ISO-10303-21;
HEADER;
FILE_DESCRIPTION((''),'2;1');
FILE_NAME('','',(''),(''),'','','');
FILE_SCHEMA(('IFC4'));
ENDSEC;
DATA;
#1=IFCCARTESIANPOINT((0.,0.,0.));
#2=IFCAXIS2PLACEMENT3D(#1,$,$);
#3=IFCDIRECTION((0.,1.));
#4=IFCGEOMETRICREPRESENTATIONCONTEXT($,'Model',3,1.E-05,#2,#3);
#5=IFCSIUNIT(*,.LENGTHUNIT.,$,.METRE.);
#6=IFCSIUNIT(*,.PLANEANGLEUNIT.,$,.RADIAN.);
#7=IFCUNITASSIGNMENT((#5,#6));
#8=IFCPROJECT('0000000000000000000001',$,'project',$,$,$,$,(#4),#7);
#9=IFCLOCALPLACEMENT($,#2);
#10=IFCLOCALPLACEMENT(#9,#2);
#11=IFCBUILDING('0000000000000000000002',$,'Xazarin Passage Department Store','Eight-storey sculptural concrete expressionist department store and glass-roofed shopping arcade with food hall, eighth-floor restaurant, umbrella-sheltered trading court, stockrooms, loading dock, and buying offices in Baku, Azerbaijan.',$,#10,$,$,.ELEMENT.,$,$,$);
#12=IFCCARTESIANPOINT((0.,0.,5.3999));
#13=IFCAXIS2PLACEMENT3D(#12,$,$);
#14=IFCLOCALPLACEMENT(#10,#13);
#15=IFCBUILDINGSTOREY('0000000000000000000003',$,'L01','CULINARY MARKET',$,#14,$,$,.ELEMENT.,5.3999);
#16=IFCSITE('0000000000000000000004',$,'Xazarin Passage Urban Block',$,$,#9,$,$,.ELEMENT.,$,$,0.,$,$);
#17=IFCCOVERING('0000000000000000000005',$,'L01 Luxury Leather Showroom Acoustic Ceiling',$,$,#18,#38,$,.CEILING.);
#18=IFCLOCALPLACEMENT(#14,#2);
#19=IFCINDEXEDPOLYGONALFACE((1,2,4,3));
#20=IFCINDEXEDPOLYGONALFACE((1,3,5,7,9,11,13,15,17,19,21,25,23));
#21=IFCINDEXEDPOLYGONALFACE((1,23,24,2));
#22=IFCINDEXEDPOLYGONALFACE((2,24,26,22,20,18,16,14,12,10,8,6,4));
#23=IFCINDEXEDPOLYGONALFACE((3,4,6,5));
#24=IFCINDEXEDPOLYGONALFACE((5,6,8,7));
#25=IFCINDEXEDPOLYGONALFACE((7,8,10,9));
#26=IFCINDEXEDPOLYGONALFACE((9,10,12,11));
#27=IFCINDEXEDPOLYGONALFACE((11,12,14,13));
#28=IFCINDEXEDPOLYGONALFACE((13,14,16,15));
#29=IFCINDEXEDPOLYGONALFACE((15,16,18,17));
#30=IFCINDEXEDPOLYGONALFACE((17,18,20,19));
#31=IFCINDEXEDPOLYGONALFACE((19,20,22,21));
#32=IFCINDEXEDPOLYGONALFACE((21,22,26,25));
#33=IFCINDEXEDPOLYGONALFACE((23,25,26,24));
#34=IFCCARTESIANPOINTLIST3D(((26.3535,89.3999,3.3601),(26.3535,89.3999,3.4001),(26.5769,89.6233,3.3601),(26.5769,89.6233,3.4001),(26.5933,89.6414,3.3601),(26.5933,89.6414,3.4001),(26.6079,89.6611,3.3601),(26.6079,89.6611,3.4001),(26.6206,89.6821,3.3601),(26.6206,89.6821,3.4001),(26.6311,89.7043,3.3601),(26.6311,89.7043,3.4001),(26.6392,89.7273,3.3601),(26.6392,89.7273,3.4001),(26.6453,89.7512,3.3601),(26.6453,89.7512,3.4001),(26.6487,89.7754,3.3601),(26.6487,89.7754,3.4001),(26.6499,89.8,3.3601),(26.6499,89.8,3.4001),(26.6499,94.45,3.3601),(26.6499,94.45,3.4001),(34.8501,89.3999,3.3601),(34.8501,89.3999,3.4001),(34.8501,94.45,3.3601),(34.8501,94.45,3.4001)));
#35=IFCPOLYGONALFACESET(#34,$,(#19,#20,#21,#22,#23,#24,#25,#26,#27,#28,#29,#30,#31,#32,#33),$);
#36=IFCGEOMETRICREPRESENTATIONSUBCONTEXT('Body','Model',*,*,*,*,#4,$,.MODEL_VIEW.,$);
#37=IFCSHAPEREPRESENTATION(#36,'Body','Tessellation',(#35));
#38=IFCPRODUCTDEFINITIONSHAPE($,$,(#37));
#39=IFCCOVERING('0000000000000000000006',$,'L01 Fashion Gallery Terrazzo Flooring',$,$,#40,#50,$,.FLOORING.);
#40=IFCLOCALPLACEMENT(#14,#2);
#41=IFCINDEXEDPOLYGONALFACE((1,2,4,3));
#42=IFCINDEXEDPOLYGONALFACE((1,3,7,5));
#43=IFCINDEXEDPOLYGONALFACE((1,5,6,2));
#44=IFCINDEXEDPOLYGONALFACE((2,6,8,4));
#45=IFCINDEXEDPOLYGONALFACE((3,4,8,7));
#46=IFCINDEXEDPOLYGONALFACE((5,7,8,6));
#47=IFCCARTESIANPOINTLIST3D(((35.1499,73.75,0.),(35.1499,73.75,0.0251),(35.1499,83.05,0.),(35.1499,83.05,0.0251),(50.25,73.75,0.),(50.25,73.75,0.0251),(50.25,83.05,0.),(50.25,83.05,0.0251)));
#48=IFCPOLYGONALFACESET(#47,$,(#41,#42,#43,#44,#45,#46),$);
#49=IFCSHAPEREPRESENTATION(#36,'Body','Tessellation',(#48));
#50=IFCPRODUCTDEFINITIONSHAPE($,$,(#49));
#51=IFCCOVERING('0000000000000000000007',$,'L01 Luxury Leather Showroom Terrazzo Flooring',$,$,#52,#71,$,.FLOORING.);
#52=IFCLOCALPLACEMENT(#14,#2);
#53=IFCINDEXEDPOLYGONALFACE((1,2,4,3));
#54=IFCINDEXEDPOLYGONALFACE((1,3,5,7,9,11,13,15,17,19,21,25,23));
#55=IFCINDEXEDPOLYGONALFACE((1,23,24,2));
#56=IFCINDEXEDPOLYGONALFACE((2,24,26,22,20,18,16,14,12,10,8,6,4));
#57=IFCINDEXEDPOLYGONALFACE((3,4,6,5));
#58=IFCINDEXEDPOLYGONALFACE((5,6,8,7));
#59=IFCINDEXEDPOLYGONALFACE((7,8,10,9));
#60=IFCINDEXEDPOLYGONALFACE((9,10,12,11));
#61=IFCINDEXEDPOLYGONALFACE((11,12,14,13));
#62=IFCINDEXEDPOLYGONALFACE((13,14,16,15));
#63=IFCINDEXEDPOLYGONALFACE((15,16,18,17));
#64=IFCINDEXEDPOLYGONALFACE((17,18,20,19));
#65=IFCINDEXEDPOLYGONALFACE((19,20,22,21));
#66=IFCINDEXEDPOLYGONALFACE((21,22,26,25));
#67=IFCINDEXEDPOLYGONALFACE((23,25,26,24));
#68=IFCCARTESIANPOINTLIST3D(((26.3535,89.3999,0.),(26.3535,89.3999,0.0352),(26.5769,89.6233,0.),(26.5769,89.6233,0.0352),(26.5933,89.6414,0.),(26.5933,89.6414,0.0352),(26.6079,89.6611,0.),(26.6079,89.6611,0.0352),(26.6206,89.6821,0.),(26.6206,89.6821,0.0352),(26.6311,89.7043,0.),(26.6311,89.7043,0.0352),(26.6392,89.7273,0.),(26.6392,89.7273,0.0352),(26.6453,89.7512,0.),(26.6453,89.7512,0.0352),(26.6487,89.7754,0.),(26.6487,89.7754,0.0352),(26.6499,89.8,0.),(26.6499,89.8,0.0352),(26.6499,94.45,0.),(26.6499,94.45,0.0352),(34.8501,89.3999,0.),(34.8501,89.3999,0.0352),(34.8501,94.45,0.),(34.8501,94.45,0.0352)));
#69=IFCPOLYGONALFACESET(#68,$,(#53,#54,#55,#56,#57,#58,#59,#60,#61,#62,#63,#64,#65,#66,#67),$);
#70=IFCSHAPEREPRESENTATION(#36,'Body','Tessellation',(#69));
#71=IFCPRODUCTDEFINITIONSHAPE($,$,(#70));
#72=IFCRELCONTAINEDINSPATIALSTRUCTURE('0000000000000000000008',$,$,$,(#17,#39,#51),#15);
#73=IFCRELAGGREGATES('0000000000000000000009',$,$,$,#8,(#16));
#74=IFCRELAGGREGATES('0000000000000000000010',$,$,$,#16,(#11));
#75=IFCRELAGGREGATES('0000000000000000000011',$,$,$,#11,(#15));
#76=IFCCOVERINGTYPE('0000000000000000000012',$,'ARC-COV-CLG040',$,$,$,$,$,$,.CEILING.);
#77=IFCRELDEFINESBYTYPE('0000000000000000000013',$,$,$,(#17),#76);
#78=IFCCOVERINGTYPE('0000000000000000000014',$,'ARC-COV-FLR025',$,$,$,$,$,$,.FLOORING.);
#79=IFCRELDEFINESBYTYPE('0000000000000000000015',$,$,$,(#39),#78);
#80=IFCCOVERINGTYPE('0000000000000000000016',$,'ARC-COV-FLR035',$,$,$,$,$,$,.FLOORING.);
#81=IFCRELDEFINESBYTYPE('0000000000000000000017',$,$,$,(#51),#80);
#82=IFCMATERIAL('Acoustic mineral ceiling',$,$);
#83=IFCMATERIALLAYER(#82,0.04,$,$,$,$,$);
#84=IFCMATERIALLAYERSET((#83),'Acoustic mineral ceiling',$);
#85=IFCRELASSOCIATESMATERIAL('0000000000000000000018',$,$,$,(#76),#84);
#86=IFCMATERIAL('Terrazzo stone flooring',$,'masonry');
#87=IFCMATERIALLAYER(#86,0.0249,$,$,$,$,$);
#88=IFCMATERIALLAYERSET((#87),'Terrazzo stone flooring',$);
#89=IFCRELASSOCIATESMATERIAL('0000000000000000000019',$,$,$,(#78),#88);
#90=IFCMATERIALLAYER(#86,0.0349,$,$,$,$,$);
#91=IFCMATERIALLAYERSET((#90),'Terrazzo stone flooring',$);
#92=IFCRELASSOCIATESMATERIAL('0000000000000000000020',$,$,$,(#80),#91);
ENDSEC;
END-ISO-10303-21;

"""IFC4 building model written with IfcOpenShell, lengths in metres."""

from ifc_helpers import new_model, si_unit, direction, frame, origin, place, context, subcontext, project, spatial, polyline, outline, extrude, material, layer, layer_set, type_object, element, save


model = new_model("IFC4")

# Units and contexts
model_context = context("Model", 3, precision=1e-05, world=origin(), true_north=direction((0.0, 1.0)))
body_context = subcontext(model_context, "Body", "Model", "MODEL_VIEW")
ifc_project = project(units=[si_unit("LENGTHUNIT", "METRE"), si_unit("PLANEANGLEUNIT", "RADIAN")], contexts=[model_context])

# Site, building, storey
site_placement = place(None, origin())
site = spatial("IfcSite", under=ifc_project, at=site_placement, Name="Xazarin Passage Urban Block", CompositionType="ELEMENT", RefElevation=0.0)
building_placement = place(site_placement, origin())
building = spatial("IfcBuilding", under=site, at=building_placement, Name="Xazarin Passage Department Store", Description="Eight-storey sculptural concrete expressionist department store and glass-roofed shopping arcade with food hall, eighth-floor restaurant, umbrella-sheltered trading court, stockrooms, loading dock, and buying offices in Baku, Azerbaijan.", CompositionType="ELEMENT")
storey_placement = place(building_placement, frame((0.0, 0.0, 5.3999)))
storey = spatial("IfcBuildingStorey", under=building, at=storey_placement, Name="L01", Description="CULINARY MARKET", CompositionType="ELEMENT", Elevation=5.3999)

# Coverings
ifc_material_1 = material(Name="Acoustic mineral ceiling")
ifc_layer_1 = layer(ifc_material_1, 0.04)
ifc_layer_set_1 = layer_set([ifc_layer_1], Name="Acoustic mineral ceiling")
covering_type_1 = type_object("IfcCoveringType", Name="ARC-COV-CLG040", PredefinedType="CEILING", material=ifc_layer_set_1)
covering_1_placement = place(storey_placement, frame((0.0, 0.0, 3.3601)))
element("IfcCovering", 1, at=covering_1_placement, inside=storey, type_object=covering_type_1, Name="L01 Luxury Leather Showroom Acoustic Ceiling", PredefinedType="CEILING", context=body_context, shape_type="SweptSolid", body=[
    extrude(outline(polyline([(26.3535, 89.3999), (34.8501, 89.3999), (34.8501, 94.45), (26.6499, 94.45), (26.6499, 89.8), (26.6487, 89.7754), (26.6453, 89.7512), (26.6392, 89.7273), (26.6311, 89.7043), (26.6206, 89.6821), (26.6079, 89.6611), (26.5933, 89.6414), (26.5769, 89.6233), (26.3535, 89.3999)])), origin(), (0.0, 0.0, 1.0), 0.04),
])
ifc_material_2 = material(Name="Terrazzo stone flooring", Category="masonry")
ifc_layer_2 = layer(ifc_material_2, 0.0249)
ifc_layer_set_2 = layer_set([ifc_layer_2], Name="Terrazzo stone flooring")
covering_type_2 = type_object("IfcCoveringType", Name="ARC-COV-FLR025", PredefinedType="FLOORING", material=ifc_layer_set_2)
covering_2_placement = place(storey_placement, origin())
element("IfcCovering", 2, at=covering_2_placement, inside=storey, type_object=covering_type_2, Name="L01 Fashion Gallery Terrazzo Flooring", PredefinedType="FLOORING", context=body_context, shape_type="SweptSolid", body=[
    extrude(outline(polyline([(35.1499, 73.75), (50.25, 73.75), (50.25, 83.05), (35.1499, 83.05), (35.1499, 73.75)])), origin(), (0.0, 0.0, 1.0), 0.0251),
])
ifc_layer_3 = layer(ifc_material_2, 0.0349)
ifc_layer_set_3 = layer_set([ifc_layer_3], Name="Terrazzo stone flooring")
covering_type_3 = type_object("IfcCoveringType", Name="ARC-COV-FLR035", PredefinedType="FLOORING", material=ifc_layer_set_3)
covering_3_placement = place(storey_placement, origin())
element("IfcCovering", 3, at=covering_3_placement, inside=storey, type_object=covering_type_3, Name="L01 Luxury Leather Showroom Terrazzo Flooring", PredefinedType="FLOORING", context=body_context, shape_type="SweptSolid", body=[
    extrude(outline(polyline([(26.3535, 89.3999), (34.8501, 89.3999), (34.8501, 94.45), (26.6499, 94.45), (26.6499, 89.8), (26.6487, 89.7754), (26.6453, 89.7512), (26.6392, 89.7273), (26.6311, 89.7043), (26.6206, 89.6821), (26.6079, 89.6611), (26.5933, 89.6414), (26.5769, 89.6233), (26.3535, 89.3999)])), origin(), (0.0, 0.0, 1.0), 0.0352),
])

save(model, "model.ifc")
